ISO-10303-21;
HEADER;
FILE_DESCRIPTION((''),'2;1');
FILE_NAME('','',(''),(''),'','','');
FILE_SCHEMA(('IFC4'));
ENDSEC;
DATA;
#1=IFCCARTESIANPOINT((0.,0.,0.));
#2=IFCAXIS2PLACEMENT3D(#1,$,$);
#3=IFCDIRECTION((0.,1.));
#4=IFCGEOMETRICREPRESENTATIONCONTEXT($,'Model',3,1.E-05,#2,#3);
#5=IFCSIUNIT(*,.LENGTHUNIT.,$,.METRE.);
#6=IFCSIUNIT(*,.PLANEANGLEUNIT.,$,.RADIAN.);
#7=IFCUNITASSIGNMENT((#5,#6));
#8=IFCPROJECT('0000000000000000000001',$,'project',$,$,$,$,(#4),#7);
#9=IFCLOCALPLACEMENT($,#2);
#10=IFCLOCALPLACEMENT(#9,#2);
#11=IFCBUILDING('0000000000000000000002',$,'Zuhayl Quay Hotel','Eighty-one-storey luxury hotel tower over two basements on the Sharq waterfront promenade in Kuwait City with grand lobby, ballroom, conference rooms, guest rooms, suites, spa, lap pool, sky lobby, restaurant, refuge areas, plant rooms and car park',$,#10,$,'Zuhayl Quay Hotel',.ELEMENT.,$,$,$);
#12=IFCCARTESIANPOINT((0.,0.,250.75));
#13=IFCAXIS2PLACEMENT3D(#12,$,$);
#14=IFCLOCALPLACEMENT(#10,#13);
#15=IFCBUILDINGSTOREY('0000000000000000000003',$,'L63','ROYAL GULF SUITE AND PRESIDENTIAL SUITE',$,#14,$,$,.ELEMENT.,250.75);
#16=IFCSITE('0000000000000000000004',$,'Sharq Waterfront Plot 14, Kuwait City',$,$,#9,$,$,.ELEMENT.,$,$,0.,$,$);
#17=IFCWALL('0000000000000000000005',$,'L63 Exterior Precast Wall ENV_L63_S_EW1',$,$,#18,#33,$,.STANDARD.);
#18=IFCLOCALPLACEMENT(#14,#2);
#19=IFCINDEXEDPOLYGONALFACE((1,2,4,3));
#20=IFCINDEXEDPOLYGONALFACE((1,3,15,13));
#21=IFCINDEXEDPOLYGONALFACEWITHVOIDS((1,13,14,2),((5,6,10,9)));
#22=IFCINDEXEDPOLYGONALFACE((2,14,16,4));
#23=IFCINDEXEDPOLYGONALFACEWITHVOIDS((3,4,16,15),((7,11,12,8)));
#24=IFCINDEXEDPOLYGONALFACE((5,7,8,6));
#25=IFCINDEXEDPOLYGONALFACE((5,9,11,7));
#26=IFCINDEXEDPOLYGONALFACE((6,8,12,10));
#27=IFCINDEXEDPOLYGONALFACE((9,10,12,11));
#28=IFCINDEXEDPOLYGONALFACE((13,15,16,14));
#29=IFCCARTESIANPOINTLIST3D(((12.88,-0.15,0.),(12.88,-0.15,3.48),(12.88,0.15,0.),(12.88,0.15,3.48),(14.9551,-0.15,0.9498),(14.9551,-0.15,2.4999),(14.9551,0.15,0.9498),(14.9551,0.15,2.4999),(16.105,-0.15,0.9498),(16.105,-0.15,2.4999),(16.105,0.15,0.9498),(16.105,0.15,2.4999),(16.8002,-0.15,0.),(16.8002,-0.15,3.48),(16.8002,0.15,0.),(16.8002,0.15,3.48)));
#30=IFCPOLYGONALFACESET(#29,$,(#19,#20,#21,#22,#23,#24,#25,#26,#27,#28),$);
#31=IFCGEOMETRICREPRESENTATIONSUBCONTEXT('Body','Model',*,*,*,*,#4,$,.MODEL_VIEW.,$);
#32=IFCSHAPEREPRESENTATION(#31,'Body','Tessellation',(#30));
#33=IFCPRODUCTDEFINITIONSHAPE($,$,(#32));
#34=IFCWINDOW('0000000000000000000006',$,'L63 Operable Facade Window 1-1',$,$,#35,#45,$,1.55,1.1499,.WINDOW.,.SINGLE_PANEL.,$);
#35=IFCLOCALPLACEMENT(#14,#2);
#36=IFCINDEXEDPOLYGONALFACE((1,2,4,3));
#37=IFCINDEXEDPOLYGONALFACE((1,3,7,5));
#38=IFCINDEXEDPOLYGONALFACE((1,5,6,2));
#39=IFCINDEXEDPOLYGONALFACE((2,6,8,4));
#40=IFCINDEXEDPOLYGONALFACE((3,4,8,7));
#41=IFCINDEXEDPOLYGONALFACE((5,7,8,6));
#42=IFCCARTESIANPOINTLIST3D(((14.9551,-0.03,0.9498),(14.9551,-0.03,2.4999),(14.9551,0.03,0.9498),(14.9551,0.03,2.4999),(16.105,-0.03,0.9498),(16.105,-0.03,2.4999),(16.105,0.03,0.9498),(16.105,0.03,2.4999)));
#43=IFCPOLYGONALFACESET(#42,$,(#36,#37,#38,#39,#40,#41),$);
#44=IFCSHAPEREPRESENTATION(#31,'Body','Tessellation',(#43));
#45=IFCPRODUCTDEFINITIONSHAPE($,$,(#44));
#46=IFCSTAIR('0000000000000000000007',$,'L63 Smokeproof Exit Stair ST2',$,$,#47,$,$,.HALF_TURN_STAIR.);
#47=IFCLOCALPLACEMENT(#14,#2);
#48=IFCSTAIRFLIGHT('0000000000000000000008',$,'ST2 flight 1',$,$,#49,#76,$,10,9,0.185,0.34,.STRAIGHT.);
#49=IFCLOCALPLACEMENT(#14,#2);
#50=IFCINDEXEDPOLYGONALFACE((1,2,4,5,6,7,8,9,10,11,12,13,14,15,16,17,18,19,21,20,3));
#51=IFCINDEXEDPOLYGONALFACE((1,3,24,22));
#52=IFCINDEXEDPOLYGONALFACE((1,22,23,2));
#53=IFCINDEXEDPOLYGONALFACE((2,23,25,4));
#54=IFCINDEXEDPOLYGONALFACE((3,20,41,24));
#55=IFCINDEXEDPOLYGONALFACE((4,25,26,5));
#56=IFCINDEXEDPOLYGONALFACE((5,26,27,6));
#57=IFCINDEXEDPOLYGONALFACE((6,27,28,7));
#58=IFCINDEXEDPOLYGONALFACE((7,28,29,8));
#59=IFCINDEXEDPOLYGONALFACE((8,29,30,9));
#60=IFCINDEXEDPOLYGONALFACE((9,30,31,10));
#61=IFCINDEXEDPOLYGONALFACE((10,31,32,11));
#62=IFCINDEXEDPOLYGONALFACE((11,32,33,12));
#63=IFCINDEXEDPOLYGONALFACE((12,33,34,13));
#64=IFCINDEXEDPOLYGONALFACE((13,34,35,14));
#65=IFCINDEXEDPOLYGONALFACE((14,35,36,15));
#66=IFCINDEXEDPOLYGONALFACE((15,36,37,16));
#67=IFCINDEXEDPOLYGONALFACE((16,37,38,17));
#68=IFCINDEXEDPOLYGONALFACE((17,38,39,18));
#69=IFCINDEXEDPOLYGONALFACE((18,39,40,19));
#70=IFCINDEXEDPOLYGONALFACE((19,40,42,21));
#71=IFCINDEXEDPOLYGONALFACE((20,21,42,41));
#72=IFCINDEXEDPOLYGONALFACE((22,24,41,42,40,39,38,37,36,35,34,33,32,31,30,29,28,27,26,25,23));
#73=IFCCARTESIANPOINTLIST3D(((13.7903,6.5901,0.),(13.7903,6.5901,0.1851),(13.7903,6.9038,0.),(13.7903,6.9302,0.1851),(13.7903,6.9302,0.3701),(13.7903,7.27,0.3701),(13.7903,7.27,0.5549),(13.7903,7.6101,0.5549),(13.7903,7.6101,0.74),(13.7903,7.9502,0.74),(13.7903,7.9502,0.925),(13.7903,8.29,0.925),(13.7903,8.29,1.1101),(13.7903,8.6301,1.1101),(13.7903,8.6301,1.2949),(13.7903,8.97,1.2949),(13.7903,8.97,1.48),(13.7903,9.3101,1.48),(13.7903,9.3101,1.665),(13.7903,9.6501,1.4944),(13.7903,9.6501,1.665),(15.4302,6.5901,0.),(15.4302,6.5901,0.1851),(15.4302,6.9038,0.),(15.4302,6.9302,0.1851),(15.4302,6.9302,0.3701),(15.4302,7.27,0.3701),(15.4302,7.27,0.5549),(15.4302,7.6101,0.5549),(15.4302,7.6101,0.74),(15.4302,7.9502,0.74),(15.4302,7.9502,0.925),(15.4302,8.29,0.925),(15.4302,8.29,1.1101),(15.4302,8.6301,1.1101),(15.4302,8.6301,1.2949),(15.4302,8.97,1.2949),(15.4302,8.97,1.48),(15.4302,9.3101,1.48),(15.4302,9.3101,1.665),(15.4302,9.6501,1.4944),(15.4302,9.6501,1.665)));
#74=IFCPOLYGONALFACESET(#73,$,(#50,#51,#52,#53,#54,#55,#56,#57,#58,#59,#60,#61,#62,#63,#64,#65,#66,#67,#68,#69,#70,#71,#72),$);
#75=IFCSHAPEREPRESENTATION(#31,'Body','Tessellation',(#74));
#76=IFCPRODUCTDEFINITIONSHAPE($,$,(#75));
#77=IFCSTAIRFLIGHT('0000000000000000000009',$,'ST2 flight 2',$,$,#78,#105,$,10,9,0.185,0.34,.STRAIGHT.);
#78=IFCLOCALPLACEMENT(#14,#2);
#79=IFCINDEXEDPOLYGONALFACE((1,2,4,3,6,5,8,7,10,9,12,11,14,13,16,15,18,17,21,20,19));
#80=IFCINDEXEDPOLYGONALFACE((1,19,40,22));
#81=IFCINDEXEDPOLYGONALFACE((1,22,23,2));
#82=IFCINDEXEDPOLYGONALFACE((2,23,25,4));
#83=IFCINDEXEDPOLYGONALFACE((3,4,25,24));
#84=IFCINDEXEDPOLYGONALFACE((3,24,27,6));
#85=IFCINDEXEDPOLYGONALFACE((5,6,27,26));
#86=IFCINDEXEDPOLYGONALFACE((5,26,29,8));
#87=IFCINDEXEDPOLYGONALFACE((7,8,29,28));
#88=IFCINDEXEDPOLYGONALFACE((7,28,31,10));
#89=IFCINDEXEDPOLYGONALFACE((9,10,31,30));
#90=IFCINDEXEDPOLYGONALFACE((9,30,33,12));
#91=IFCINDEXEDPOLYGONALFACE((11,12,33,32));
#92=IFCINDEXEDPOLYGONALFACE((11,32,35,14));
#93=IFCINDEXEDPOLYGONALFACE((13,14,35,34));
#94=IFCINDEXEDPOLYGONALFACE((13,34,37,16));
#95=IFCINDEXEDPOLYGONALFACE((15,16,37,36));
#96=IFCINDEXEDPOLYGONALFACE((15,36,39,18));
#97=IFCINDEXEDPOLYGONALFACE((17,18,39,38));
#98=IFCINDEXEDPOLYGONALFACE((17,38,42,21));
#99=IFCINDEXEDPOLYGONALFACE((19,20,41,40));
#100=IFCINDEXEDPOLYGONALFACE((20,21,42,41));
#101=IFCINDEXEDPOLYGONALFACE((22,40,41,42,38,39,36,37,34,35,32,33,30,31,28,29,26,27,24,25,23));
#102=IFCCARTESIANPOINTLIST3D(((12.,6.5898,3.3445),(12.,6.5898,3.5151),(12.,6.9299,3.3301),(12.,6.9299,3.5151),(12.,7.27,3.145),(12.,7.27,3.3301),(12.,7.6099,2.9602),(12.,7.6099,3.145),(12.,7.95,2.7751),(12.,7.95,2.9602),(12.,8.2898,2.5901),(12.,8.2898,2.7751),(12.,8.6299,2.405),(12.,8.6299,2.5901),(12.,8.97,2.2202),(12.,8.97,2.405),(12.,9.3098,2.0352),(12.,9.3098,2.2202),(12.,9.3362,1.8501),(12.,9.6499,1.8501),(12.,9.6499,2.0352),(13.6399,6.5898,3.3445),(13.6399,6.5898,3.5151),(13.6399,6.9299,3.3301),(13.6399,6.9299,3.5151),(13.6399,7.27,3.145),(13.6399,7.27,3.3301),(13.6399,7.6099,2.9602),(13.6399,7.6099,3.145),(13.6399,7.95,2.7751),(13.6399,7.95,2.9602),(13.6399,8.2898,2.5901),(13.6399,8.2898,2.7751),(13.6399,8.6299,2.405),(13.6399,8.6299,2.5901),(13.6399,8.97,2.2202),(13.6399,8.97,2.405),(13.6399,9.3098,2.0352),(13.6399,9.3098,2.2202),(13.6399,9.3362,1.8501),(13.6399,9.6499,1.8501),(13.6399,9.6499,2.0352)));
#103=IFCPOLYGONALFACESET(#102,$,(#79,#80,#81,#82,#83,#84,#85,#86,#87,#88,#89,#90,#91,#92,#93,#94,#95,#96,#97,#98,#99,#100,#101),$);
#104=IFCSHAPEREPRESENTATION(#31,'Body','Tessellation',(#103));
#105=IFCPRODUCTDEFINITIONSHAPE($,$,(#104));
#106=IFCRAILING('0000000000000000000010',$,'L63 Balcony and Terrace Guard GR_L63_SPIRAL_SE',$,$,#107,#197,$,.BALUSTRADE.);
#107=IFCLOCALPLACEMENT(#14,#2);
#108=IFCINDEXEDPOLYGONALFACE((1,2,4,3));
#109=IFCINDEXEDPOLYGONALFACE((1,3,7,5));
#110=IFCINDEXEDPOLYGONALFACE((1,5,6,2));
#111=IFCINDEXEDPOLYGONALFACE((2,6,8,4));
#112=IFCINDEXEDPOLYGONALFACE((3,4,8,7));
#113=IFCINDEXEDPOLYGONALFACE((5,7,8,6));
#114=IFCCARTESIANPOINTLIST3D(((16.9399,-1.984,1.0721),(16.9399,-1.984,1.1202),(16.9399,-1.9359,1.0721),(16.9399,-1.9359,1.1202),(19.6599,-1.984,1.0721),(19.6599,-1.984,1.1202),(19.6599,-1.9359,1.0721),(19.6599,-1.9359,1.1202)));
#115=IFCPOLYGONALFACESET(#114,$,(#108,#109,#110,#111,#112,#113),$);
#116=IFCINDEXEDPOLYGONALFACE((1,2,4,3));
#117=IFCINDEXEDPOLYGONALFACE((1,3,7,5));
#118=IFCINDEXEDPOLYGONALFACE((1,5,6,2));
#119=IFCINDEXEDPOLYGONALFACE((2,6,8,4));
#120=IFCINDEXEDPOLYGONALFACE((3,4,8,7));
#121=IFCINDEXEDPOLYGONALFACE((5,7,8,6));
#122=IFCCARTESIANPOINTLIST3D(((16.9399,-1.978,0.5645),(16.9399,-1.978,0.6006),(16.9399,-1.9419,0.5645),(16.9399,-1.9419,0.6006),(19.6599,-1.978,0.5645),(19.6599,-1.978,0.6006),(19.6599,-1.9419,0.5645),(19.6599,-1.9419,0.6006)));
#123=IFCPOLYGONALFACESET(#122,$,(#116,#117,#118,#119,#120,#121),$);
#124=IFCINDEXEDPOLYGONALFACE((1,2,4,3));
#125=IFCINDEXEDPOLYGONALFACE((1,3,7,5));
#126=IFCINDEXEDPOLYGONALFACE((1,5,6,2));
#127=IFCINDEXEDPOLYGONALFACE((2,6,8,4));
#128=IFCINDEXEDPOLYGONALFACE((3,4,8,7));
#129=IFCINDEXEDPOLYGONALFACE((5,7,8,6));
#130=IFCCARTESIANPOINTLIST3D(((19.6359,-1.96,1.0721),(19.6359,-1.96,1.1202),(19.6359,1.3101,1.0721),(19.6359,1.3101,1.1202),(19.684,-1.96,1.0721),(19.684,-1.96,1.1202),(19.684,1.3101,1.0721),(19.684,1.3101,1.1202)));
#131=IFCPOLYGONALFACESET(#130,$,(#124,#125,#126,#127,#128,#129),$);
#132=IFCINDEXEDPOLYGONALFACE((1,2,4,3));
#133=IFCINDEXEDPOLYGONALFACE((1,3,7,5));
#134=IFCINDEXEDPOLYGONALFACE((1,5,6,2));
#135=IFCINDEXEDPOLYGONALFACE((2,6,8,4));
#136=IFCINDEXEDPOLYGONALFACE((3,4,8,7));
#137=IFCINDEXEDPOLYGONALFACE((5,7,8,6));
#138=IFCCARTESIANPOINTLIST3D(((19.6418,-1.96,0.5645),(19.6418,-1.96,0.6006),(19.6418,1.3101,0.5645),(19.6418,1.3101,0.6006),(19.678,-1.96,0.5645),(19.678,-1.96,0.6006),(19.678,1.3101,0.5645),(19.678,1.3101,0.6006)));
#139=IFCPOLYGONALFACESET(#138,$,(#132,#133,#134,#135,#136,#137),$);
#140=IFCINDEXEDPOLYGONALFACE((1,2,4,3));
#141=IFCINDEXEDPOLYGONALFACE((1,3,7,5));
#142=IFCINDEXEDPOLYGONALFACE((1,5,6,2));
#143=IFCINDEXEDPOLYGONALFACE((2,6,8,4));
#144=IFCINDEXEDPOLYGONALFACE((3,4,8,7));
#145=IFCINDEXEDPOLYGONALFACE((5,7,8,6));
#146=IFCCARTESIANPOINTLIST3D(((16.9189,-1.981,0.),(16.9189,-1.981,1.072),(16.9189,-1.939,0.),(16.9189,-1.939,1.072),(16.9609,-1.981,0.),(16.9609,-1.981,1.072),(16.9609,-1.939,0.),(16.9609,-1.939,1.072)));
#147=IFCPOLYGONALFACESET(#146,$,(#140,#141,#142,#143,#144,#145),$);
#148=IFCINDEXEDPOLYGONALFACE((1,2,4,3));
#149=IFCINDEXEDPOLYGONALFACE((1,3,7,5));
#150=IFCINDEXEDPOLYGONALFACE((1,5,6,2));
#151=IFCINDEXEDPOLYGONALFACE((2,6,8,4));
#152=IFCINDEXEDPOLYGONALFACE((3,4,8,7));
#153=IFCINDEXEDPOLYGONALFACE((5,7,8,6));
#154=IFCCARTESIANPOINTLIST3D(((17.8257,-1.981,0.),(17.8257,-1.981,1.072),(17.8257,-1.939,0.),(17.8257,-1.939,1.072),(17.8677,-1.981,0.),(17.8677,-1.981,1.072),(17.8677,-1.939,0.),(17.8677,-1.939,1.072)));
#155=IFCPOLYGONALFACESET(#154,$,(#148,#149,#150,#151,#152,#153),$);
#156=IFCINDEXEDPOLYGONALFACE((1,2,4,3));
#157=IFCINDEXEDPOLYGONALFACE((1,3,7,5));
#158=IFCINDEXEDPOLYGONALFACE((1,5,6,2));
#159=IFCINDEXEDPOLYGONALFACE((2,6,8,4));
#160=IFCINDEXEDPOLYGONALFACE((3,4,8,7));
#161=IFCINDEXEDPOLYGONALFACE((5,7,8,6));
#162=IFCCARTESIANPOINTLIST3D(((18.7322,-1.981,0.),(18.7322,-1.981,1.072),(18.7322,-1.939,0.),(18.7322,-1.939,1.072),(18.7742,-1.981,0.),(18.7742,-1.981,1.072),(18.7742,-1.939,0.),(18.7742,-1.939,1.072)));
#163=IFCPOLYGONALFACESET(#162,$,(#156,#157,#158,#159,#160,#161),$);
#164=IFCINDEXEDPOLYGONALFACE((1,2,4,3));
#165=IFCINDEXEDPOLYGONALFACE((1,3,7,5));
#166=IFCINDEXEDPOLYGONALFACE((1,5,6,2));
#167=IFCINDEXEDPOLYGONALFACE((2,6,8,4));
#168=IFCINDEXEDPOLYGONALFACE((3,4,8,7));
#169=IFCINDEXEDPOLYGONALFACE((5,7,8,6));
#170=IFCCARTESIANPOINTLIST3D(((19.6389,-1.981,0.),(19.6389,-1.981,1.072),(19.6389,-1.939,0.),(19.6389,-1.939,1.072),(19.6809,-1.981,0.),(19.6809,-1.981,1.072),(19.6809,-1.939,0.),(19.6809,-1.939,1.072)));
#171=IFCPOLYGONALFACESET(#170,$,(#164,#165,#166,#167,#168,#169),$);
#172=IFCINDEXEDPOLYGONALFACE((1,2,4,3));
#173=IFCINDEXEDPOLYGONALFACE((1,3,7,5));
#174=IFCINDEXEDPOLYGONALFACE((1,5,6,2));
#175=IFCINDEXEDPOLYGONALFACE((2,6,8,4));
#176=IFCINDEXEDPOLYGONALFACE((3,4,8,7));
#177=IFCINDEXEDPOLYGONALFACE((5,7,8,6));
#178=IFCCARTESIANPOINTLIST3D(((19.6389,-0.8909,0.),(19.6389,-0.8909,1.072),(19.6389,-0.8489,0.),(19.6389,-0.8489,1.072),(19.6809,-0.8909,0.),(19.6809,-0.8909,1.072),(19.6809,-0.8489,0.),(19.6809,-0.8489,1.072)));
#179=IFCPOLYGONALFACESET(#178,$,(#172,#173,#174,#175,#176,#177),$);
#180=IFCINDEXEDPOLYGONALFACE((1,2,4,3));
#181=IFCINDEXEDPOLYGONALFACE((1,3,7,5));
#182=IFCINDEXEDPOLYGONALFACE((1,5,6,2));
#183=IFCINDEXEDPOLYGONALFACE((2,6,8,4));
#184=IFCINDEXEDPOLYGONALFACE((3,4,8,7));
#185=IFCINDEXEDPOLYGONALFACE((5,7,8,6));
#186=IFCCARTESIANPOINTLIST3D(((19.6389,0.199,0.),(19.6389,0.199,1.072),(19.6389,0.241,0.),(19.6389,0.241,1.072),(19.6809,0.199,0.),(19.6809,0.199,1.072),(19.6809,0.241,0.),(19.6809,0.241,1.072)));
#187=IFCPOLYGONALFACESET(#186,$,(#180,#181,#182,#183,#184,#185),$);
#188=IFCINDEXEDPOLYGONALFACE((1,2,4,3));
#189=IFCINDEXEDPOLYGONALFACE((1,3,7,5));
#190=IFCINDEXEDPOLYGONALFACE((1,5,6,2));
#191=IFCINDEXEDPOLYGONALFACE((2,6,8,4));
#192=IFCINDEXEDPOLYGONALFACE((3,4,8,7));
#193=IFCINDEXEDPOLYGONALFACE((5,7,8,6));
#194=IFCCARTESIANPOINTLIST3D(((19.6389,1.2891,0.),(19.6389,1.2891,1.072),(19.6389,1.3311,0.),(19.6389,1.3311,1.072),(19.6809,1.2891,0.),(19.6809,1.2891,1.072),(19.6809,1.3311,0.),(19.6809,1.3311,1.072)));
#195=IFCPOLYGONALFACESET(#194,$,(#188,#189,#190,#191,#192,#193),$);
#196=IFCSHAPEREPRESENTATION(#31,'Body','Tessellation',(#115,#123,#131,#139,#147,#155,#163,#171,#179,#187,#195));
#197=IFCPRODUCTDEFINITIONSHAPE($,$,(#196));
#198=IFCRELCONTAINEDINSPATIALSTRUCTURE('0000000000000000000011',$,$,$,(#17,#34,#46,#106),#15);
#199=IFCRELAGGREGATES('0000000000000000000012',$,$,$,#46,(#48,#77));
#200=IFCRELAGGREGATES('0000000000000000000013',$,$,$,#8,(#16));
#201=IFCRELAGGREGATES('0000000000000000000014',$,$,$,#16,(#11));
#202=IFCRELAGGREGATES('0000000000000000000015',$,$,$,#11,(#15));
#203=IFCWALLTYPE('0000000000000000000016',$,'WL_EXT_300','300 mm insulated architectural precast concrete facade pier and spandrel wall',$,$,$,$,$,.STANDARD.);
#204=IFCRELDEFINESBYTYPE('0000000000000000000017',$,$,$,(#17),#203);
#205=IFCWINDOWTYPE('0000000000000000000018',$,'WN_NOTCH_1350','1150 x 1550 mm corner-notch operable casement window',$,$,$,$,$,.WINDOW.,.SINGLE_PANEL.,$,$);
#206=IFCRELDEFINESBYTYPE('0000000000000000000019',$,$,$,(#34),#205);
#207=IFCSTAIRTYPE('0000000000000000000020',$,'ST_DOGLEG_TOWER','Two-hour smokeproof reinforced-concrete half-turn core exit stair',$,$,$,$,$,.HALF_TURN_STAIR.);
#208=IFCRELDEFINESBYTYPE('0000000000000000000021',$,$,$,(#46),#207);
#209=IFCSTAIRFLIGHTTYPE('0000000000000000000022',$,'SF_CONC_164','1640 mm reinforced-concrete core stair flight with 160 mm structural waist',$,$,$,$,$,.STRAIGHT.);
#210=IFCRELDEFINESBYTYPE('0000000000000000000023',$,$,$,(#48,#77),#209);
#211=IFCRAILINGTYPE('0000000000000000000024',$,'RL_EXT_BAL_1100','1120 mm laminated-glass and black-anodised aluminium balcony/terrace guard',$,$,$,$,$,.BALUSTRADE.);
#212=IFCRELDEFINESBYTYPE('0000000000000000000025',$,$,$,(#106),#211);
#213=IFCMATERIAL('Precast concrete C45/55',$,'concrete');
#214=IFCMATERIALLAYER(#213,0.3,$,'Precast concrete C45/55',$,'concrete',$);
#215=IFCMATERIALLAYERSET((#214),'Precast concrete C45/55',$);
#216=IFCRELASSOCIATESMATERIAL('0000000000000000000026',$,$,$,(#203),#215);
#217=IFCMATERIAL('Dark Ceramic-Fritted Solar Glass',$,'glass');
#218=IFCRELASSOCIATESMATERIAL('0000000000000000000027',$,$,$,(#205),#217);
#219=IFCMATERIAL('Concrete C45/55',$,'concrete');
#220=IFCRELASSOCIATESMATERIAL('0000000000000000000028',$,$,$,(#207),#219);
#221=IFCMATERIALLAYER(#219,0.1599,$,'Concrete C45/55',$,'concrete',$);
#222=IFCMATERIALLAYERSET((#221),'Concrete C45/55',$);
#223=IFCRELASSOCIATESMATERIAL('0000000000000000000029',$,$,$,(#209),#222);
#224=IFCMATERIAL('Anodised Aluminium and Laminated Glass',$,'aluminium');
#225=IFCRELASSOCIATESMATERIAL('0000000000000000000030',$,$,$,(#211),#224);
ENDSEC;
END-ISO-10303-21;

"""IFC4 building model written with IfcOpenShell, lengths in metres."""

from ifc_helpers import new_model, si_unit, direction, frame, frame_2d, origin, origin_2d, place, context, subcontext, project, spatial, polyline, rectangle, outline, extrude, material, layer, layer_set, type_object, element, fill, aggregate, save


model = new_model("IFC4")

# Units and contexts
model_context = context("Model", 3, precision=1e-05, world=origin(), true_north=direction((0.0, 1.0)))
body_context = subcontext(model_context, "Body", "Model", "MODEL_VIEW")
ifc_project = project(units=[si_unit("LENGTHUNIT", "METRE"), si_unit("PLANEANGLEUNIT", "RADIAN")], contexts=[model_context])

# Site, building, storey
site_placement = place(None, origin())
site = spatial("IfcSite", under=ifc_project, at=site_placement, Name="Sharq Waterfront Plot 14, Kuwait City", CompositionType="ELEMENT", RefElevation=0.0)
building_placement = place(site_placement, origin())
building = spatial("IfcBuilding", under=site, at=building_placement, Name="Zuhayl Quay Hotel", Description="Eighty-one-storey luxury hotel tower over two basements on the Sharq waterfront promenade in Kuwait City with grand lobby, ballroom, conference rooms, guest rooms, suites, spa, lap pool, sky lobby, restaurant, refuge areas, plant rooms and car park", LongName="Zuhayl Quay Hotel", CompositionType="ELEMENT")
storey_placement = place(building_placement, frame((0.0, 0.0, 250.75)))
storey = spatial("IfcBuildingStorey", under=building, at=storey_placement, Name="L63", Description="ROYAL GULF SUITE AND PRESIDENTIAL SUITE", CompositionType="ELEMENT", Elevation=250.75)

# Shared definitions
ifc_material_1 = material(Name="Dark Ceramic-Fritted Solar Glass", Category="glass")

# Shared definitions
ifc_material_2 = material(Name="Precast concrete C45/55", Category="concrete")
ifc_layer_1 = layer(ifc_material_2, 0.3, Name="Precast concrete C45/55", Category="concrete")
ifc_layer_set_1 = layer_set([ifc_layer_1], Name="Precast concrete C45/55")
wall_type_1 = type_object("IfcWallType", Name="WL_EXT_300", Description="300 mm insulated architectural precast concrete facade pier and spandrel wall", PredefinedType="STANDARD", material=ifc_layer_set_1)

# Wall, opening, window
wall_1_placement = place(storey_placement, frame((16.8, 0.0, 0.0), z_axis=(0.0, 0.0, 1.0), x_axis=(-1.0, 0.0, 0.0)))
wall_1 = element("IfcWall", 1, at=wall_1_placement, inside=storey, type_object=wall_type_1, Name="L63 Exterior Precast Wall ENV_L63_S_EW1", PredefinedType="STANDARD", context=body_context, shape_type="SweptSolid", body=[
    extrude(rectangle(XDim=3.9202, YDim=0.3, at=frame_2d((1.96, 0.0))), origin(), (0.0, 0.0, 1.0), 3.48),
])
opening_1_placement = place(wall_1_placement, frame((0.6951, 0.0, 0.95)))
opening_1 = element("IfcOpeningElement", 2, at=opening_1_placement, cuts=wall_1, PredefinedType="OPENING", context=body_context, shape_type="SweptSolid", body=[
    extrude(rectangle(XDim=1.1499, YDim=1.55, at=frame_2d((0.575, 0.7749))), frame((0.0, 0.1599, 0.0), z_axis=(0.0, -1.0, 0.0), x_axis=(1.0, 0.0, 0.0)), (0.0, 0.0, 1.0), 0.3201),
])
window_type = type_object("IfcWindowType", Name="WN_NOTCH_1350", Description="1150 x 1550 mm corner-notch operable casement window", PartitioningType="SINGLE_PANEL", PredefinedType="WINDOW", material=ifc_material_1)
window_placement = place(opening_1_placement, origin())
window = element("IfcWindow", 3, at=window_placement, inside=storey, type_object=window_type, Name="L63 Operable Facade Window 1-1", OverallHeight=1.55, OverallWidth=1.1499, PartitioningType="SINGLE_PANEL", PredefinedType="WINDOW", context=body_context, shape_type="SweptSolid", body=[
    extrude(rectangle(XDim=1.1499, YDim=1.55, at=frame_2d((0.575, 0.7749))), frame((0.0, 0.03, 0.0), z_axis=(0.0, -1.0, 0.0), x_axis=(1.0, 0.0, 0.0)), (0.0, 0.0, 1.0), 0.0601),
])
fill(opening_1, window)

# Stair, stair flights
ifc_material_3 = material(Name="Concrete C45/55", Category="concrete")
stair_type = type_object("IfcStairType", Name="ST_DOGLEG_TOWER", Description="Two-hour smokeproof reinforced-concrete half-turn core exit stair", PredefinedType="HALF_TURN_STAIR", material=ifc_material_3)
stair_placement = place(storey_placement, origin())
stair = element("IfcStair", 4, at=stair_placement, inside=storey, type_object=stair_type, Name="L63 Smokeproof Exit Stair ST2", PredefinedType="HALF_TURN_STAIR")
ifc_layer_2 = layer(ifc_material_3, 0.1599, Name="Concrete C45/55", Category="concrete")
ifc_layer_set_2 = layer_set([ifc_layer_2], Name="Concrete C45/55")
stair_flight_type = type_object("IfcStairFlightType", Name="SF_CONC_164", Description="1640 mm reinforced-concrete core stair flight with 160 mm structural waist", PredefinedType="STRAIGHT", material=ifc_layer_set_2)
stair_flight_1_placement = place(storey_placement, frame((14.6101, 6.5901, 0.0), z_axis=(0.0, 0.0, 1.0), x_axis=(0.0, 1.0, 0.0)))
stair_flight_1 = element("IfcStairFlight", 5, at=stair_flight_1_placement, type_object=stair_flight_type, Name="ST2 flight 1", NumberOfRisers=10, NumberOfTreads=9, PredefinedType="STRAIGHT", RiserHeight=0.185, TreadLength=0.34, context=body_context, shape_type="SweptSolid", body=[
    extrude(outline(polyline([(0.0, 0.0), (0.0, 0.1851), (0.3401, 0.1851), (0.3401, 0.3701), (0.6799, 0.3701), (0.6799, 0.5549), (1.02, 0.5549), (1.02, 0.74), (1.3601, 0.74), (1.3601, 0.925), (1.7, 0.925), (1.7, 1.1101), (2.04, 1.1101), (2.04, 1.2949), (2.3799, 1.2949), (2.3799, 1.48), (2.72, 1.48), (2.72, 1.665), (3.0601, 1.665), (3.0601, 1.8501), (3.0601, 1.4944), (0.3137, 0.0), (0.0, 0.0)])), frame((0.0, 0.8198, 0.0), z_axis=(0.0, -1.0, 0.0), x_axis=(1.0, 0.0, 0.0)), (0.0, 0.0, 1.0), 1.6399),
])
stair_flight_2_placement = place(storey_placement, frame((12.8201, 9.6499, 1.8501), z_axis=(0.0, 0.0, 1.0), x_axis=(0.0, -1.0, 0.0)))
stair_flight_2 = element("IfcStairFlight", 6, at=stair_flight_2_placement, type_object=stair_flight_type, Name="ST2 flight 2", NumberOfRisers=10, NumberOfTreads=9, PredefinedType="STRAIGHT", RiserHeight=0.185, TreadLength=0.34, context=body_context, shape_type="SweptSolid", body=[
    extrude(outline(polyline([(0.0, 0.0), (0.0, 0.1851), (0.3401, 0.1851), (0.3401, 0.3701), (0.6799, 0.3701), (0.6799, 0.5549), (1.02, 0.5549), (1.02, 0.74), (1.3601, 0.74), (1.3601, 0.925), (1.7, 0.925), (1.7, 1.1101), (2.04, 1.1101), (2.04, 1.2949), (2.3799, 1.2949), (2.3799, 1.48), (2.72, 1.48), (2.72, 1.665), (3.0601, 1.665), (3.0601, 1.8501), (3.0601, 1.4944), (0.3137, 0.0), (0.0, 0.0)])), frame((0.0, 0.8198, 0.0), z_axis=(0.0, -1.0, 0.0), x_axis=(1.0, 0.0, 0.0)), (0.0, 0.0, 1.0), 1.6399),
])
aggregate(stair, [stair_flight_1, stair_flight_2])

# Railing
ifc_material_4 = material(Name="Anodised Aluminium and Laminated Glass", Category="aluminium")
railing_type_1 = type_object("IfcRailingType", Name="RL_EXT_BAL_1100", Description="1120 mm laminated-glass and black-anodised aluminium balcony/terrace guard", PredefinedType="BALUSTRADE", material=ifc_material_4)
railing_1_placement = place(storey_placement, frame((16.9399, -1.96, 0.0)))
element("IfcRailing", 7, at=railing_1_placement, inside=storey, type_object=railing_type_1, Name="L63 Balcony and Terrace Guard GR_L63_SPIRAL_SE", PredefinedType="BALUSTRADE", context=body_context, shape_type="SweptSolid", body=[
    extrude(rectangle(XDim=0.0481, YDim=0.0481, at=origin_2d()), frame((0.0, 0.0, 1.0962), z_axis=(1.0, 0.0, 0.0), x_axis=(0.0, 1.0, 0.0)), (0.0, 0.0, 1.0), 2.72),
    extrude(rectangle(XDim=0.0361, YDim=0.0361, at=origin_2d()), frame((0.0, 0.0, 0.5825), z_axis=(1.0, 0.0, 0.0), x_axis=(0.0, 1.0, 0.0)), (0.0, 0.0, 1.0), 2.72),
    extrude(rectangle(XDim=0.0481, YDim=0.0481, at=origin_2d()), frame((2.72, 0.0, 1.0962), z_axis=(0.0, 1.0, 0.0), x_axis=(-1.0, 0.0, 0.0)), (0.0, 0.0, 1.0), 3.27),
    extrude(rectangle(XDim=0.0361, YDim=0.0361, at=origin_2d()), frame((2.72, 0.0, 0.5825), z_axis=(0.0, 1.0, 0.0), x_axis=(-1.0, 0.0, 0.0)), (0.0, 0.0, 1.0), 3.27),
    extrude(rectangle(XDim=0.042, YDim=0.042, at=origin_2d()), origin(), (0.0, 0.0, 1.0), 1.072),
    extrude(rectangle(XDim=0.042, YDim=0.042, at=origin_2d()), frame((0.9067, 0.0, 0.0)), (0.0, 0.0, 1.0), 1.072),
    extrude(rectangle(XDim=0.042, YDim=0.042, at=origin_2d()), frame((1.8132, 0.0, 0.0)), (0.0, 0.0, 1.0), 1.072),
    extrude(rectangle(XDim=0.042, YDim=0.042, at=origin_2d()), frame((2.72, 0.0, 0.0)), (0.0, 0.0, 1.0), 1.072),
    extrude(rectangle(XDim=0.042, YDim=0.042, at=origin_2d()), frame((2.72, 1.0901, 0.0)), (0.0, 0.0, 1.0), 1.072),
    extrude(rectangle(XDim=0.042, YDim=0.042, at=origin_2d()), frame((2.72, 2.1799, 0.0)), (0.0, 0.0, 1.0), 1.072),
    extrude(rectangle(XDim=0.042, YDim=0.042, at=origin_2d()), frame((2.72, 3.27, 0.0)), (0.0, 0.0, 1.0), 1.072),
])

save(model, "model.ifc")
